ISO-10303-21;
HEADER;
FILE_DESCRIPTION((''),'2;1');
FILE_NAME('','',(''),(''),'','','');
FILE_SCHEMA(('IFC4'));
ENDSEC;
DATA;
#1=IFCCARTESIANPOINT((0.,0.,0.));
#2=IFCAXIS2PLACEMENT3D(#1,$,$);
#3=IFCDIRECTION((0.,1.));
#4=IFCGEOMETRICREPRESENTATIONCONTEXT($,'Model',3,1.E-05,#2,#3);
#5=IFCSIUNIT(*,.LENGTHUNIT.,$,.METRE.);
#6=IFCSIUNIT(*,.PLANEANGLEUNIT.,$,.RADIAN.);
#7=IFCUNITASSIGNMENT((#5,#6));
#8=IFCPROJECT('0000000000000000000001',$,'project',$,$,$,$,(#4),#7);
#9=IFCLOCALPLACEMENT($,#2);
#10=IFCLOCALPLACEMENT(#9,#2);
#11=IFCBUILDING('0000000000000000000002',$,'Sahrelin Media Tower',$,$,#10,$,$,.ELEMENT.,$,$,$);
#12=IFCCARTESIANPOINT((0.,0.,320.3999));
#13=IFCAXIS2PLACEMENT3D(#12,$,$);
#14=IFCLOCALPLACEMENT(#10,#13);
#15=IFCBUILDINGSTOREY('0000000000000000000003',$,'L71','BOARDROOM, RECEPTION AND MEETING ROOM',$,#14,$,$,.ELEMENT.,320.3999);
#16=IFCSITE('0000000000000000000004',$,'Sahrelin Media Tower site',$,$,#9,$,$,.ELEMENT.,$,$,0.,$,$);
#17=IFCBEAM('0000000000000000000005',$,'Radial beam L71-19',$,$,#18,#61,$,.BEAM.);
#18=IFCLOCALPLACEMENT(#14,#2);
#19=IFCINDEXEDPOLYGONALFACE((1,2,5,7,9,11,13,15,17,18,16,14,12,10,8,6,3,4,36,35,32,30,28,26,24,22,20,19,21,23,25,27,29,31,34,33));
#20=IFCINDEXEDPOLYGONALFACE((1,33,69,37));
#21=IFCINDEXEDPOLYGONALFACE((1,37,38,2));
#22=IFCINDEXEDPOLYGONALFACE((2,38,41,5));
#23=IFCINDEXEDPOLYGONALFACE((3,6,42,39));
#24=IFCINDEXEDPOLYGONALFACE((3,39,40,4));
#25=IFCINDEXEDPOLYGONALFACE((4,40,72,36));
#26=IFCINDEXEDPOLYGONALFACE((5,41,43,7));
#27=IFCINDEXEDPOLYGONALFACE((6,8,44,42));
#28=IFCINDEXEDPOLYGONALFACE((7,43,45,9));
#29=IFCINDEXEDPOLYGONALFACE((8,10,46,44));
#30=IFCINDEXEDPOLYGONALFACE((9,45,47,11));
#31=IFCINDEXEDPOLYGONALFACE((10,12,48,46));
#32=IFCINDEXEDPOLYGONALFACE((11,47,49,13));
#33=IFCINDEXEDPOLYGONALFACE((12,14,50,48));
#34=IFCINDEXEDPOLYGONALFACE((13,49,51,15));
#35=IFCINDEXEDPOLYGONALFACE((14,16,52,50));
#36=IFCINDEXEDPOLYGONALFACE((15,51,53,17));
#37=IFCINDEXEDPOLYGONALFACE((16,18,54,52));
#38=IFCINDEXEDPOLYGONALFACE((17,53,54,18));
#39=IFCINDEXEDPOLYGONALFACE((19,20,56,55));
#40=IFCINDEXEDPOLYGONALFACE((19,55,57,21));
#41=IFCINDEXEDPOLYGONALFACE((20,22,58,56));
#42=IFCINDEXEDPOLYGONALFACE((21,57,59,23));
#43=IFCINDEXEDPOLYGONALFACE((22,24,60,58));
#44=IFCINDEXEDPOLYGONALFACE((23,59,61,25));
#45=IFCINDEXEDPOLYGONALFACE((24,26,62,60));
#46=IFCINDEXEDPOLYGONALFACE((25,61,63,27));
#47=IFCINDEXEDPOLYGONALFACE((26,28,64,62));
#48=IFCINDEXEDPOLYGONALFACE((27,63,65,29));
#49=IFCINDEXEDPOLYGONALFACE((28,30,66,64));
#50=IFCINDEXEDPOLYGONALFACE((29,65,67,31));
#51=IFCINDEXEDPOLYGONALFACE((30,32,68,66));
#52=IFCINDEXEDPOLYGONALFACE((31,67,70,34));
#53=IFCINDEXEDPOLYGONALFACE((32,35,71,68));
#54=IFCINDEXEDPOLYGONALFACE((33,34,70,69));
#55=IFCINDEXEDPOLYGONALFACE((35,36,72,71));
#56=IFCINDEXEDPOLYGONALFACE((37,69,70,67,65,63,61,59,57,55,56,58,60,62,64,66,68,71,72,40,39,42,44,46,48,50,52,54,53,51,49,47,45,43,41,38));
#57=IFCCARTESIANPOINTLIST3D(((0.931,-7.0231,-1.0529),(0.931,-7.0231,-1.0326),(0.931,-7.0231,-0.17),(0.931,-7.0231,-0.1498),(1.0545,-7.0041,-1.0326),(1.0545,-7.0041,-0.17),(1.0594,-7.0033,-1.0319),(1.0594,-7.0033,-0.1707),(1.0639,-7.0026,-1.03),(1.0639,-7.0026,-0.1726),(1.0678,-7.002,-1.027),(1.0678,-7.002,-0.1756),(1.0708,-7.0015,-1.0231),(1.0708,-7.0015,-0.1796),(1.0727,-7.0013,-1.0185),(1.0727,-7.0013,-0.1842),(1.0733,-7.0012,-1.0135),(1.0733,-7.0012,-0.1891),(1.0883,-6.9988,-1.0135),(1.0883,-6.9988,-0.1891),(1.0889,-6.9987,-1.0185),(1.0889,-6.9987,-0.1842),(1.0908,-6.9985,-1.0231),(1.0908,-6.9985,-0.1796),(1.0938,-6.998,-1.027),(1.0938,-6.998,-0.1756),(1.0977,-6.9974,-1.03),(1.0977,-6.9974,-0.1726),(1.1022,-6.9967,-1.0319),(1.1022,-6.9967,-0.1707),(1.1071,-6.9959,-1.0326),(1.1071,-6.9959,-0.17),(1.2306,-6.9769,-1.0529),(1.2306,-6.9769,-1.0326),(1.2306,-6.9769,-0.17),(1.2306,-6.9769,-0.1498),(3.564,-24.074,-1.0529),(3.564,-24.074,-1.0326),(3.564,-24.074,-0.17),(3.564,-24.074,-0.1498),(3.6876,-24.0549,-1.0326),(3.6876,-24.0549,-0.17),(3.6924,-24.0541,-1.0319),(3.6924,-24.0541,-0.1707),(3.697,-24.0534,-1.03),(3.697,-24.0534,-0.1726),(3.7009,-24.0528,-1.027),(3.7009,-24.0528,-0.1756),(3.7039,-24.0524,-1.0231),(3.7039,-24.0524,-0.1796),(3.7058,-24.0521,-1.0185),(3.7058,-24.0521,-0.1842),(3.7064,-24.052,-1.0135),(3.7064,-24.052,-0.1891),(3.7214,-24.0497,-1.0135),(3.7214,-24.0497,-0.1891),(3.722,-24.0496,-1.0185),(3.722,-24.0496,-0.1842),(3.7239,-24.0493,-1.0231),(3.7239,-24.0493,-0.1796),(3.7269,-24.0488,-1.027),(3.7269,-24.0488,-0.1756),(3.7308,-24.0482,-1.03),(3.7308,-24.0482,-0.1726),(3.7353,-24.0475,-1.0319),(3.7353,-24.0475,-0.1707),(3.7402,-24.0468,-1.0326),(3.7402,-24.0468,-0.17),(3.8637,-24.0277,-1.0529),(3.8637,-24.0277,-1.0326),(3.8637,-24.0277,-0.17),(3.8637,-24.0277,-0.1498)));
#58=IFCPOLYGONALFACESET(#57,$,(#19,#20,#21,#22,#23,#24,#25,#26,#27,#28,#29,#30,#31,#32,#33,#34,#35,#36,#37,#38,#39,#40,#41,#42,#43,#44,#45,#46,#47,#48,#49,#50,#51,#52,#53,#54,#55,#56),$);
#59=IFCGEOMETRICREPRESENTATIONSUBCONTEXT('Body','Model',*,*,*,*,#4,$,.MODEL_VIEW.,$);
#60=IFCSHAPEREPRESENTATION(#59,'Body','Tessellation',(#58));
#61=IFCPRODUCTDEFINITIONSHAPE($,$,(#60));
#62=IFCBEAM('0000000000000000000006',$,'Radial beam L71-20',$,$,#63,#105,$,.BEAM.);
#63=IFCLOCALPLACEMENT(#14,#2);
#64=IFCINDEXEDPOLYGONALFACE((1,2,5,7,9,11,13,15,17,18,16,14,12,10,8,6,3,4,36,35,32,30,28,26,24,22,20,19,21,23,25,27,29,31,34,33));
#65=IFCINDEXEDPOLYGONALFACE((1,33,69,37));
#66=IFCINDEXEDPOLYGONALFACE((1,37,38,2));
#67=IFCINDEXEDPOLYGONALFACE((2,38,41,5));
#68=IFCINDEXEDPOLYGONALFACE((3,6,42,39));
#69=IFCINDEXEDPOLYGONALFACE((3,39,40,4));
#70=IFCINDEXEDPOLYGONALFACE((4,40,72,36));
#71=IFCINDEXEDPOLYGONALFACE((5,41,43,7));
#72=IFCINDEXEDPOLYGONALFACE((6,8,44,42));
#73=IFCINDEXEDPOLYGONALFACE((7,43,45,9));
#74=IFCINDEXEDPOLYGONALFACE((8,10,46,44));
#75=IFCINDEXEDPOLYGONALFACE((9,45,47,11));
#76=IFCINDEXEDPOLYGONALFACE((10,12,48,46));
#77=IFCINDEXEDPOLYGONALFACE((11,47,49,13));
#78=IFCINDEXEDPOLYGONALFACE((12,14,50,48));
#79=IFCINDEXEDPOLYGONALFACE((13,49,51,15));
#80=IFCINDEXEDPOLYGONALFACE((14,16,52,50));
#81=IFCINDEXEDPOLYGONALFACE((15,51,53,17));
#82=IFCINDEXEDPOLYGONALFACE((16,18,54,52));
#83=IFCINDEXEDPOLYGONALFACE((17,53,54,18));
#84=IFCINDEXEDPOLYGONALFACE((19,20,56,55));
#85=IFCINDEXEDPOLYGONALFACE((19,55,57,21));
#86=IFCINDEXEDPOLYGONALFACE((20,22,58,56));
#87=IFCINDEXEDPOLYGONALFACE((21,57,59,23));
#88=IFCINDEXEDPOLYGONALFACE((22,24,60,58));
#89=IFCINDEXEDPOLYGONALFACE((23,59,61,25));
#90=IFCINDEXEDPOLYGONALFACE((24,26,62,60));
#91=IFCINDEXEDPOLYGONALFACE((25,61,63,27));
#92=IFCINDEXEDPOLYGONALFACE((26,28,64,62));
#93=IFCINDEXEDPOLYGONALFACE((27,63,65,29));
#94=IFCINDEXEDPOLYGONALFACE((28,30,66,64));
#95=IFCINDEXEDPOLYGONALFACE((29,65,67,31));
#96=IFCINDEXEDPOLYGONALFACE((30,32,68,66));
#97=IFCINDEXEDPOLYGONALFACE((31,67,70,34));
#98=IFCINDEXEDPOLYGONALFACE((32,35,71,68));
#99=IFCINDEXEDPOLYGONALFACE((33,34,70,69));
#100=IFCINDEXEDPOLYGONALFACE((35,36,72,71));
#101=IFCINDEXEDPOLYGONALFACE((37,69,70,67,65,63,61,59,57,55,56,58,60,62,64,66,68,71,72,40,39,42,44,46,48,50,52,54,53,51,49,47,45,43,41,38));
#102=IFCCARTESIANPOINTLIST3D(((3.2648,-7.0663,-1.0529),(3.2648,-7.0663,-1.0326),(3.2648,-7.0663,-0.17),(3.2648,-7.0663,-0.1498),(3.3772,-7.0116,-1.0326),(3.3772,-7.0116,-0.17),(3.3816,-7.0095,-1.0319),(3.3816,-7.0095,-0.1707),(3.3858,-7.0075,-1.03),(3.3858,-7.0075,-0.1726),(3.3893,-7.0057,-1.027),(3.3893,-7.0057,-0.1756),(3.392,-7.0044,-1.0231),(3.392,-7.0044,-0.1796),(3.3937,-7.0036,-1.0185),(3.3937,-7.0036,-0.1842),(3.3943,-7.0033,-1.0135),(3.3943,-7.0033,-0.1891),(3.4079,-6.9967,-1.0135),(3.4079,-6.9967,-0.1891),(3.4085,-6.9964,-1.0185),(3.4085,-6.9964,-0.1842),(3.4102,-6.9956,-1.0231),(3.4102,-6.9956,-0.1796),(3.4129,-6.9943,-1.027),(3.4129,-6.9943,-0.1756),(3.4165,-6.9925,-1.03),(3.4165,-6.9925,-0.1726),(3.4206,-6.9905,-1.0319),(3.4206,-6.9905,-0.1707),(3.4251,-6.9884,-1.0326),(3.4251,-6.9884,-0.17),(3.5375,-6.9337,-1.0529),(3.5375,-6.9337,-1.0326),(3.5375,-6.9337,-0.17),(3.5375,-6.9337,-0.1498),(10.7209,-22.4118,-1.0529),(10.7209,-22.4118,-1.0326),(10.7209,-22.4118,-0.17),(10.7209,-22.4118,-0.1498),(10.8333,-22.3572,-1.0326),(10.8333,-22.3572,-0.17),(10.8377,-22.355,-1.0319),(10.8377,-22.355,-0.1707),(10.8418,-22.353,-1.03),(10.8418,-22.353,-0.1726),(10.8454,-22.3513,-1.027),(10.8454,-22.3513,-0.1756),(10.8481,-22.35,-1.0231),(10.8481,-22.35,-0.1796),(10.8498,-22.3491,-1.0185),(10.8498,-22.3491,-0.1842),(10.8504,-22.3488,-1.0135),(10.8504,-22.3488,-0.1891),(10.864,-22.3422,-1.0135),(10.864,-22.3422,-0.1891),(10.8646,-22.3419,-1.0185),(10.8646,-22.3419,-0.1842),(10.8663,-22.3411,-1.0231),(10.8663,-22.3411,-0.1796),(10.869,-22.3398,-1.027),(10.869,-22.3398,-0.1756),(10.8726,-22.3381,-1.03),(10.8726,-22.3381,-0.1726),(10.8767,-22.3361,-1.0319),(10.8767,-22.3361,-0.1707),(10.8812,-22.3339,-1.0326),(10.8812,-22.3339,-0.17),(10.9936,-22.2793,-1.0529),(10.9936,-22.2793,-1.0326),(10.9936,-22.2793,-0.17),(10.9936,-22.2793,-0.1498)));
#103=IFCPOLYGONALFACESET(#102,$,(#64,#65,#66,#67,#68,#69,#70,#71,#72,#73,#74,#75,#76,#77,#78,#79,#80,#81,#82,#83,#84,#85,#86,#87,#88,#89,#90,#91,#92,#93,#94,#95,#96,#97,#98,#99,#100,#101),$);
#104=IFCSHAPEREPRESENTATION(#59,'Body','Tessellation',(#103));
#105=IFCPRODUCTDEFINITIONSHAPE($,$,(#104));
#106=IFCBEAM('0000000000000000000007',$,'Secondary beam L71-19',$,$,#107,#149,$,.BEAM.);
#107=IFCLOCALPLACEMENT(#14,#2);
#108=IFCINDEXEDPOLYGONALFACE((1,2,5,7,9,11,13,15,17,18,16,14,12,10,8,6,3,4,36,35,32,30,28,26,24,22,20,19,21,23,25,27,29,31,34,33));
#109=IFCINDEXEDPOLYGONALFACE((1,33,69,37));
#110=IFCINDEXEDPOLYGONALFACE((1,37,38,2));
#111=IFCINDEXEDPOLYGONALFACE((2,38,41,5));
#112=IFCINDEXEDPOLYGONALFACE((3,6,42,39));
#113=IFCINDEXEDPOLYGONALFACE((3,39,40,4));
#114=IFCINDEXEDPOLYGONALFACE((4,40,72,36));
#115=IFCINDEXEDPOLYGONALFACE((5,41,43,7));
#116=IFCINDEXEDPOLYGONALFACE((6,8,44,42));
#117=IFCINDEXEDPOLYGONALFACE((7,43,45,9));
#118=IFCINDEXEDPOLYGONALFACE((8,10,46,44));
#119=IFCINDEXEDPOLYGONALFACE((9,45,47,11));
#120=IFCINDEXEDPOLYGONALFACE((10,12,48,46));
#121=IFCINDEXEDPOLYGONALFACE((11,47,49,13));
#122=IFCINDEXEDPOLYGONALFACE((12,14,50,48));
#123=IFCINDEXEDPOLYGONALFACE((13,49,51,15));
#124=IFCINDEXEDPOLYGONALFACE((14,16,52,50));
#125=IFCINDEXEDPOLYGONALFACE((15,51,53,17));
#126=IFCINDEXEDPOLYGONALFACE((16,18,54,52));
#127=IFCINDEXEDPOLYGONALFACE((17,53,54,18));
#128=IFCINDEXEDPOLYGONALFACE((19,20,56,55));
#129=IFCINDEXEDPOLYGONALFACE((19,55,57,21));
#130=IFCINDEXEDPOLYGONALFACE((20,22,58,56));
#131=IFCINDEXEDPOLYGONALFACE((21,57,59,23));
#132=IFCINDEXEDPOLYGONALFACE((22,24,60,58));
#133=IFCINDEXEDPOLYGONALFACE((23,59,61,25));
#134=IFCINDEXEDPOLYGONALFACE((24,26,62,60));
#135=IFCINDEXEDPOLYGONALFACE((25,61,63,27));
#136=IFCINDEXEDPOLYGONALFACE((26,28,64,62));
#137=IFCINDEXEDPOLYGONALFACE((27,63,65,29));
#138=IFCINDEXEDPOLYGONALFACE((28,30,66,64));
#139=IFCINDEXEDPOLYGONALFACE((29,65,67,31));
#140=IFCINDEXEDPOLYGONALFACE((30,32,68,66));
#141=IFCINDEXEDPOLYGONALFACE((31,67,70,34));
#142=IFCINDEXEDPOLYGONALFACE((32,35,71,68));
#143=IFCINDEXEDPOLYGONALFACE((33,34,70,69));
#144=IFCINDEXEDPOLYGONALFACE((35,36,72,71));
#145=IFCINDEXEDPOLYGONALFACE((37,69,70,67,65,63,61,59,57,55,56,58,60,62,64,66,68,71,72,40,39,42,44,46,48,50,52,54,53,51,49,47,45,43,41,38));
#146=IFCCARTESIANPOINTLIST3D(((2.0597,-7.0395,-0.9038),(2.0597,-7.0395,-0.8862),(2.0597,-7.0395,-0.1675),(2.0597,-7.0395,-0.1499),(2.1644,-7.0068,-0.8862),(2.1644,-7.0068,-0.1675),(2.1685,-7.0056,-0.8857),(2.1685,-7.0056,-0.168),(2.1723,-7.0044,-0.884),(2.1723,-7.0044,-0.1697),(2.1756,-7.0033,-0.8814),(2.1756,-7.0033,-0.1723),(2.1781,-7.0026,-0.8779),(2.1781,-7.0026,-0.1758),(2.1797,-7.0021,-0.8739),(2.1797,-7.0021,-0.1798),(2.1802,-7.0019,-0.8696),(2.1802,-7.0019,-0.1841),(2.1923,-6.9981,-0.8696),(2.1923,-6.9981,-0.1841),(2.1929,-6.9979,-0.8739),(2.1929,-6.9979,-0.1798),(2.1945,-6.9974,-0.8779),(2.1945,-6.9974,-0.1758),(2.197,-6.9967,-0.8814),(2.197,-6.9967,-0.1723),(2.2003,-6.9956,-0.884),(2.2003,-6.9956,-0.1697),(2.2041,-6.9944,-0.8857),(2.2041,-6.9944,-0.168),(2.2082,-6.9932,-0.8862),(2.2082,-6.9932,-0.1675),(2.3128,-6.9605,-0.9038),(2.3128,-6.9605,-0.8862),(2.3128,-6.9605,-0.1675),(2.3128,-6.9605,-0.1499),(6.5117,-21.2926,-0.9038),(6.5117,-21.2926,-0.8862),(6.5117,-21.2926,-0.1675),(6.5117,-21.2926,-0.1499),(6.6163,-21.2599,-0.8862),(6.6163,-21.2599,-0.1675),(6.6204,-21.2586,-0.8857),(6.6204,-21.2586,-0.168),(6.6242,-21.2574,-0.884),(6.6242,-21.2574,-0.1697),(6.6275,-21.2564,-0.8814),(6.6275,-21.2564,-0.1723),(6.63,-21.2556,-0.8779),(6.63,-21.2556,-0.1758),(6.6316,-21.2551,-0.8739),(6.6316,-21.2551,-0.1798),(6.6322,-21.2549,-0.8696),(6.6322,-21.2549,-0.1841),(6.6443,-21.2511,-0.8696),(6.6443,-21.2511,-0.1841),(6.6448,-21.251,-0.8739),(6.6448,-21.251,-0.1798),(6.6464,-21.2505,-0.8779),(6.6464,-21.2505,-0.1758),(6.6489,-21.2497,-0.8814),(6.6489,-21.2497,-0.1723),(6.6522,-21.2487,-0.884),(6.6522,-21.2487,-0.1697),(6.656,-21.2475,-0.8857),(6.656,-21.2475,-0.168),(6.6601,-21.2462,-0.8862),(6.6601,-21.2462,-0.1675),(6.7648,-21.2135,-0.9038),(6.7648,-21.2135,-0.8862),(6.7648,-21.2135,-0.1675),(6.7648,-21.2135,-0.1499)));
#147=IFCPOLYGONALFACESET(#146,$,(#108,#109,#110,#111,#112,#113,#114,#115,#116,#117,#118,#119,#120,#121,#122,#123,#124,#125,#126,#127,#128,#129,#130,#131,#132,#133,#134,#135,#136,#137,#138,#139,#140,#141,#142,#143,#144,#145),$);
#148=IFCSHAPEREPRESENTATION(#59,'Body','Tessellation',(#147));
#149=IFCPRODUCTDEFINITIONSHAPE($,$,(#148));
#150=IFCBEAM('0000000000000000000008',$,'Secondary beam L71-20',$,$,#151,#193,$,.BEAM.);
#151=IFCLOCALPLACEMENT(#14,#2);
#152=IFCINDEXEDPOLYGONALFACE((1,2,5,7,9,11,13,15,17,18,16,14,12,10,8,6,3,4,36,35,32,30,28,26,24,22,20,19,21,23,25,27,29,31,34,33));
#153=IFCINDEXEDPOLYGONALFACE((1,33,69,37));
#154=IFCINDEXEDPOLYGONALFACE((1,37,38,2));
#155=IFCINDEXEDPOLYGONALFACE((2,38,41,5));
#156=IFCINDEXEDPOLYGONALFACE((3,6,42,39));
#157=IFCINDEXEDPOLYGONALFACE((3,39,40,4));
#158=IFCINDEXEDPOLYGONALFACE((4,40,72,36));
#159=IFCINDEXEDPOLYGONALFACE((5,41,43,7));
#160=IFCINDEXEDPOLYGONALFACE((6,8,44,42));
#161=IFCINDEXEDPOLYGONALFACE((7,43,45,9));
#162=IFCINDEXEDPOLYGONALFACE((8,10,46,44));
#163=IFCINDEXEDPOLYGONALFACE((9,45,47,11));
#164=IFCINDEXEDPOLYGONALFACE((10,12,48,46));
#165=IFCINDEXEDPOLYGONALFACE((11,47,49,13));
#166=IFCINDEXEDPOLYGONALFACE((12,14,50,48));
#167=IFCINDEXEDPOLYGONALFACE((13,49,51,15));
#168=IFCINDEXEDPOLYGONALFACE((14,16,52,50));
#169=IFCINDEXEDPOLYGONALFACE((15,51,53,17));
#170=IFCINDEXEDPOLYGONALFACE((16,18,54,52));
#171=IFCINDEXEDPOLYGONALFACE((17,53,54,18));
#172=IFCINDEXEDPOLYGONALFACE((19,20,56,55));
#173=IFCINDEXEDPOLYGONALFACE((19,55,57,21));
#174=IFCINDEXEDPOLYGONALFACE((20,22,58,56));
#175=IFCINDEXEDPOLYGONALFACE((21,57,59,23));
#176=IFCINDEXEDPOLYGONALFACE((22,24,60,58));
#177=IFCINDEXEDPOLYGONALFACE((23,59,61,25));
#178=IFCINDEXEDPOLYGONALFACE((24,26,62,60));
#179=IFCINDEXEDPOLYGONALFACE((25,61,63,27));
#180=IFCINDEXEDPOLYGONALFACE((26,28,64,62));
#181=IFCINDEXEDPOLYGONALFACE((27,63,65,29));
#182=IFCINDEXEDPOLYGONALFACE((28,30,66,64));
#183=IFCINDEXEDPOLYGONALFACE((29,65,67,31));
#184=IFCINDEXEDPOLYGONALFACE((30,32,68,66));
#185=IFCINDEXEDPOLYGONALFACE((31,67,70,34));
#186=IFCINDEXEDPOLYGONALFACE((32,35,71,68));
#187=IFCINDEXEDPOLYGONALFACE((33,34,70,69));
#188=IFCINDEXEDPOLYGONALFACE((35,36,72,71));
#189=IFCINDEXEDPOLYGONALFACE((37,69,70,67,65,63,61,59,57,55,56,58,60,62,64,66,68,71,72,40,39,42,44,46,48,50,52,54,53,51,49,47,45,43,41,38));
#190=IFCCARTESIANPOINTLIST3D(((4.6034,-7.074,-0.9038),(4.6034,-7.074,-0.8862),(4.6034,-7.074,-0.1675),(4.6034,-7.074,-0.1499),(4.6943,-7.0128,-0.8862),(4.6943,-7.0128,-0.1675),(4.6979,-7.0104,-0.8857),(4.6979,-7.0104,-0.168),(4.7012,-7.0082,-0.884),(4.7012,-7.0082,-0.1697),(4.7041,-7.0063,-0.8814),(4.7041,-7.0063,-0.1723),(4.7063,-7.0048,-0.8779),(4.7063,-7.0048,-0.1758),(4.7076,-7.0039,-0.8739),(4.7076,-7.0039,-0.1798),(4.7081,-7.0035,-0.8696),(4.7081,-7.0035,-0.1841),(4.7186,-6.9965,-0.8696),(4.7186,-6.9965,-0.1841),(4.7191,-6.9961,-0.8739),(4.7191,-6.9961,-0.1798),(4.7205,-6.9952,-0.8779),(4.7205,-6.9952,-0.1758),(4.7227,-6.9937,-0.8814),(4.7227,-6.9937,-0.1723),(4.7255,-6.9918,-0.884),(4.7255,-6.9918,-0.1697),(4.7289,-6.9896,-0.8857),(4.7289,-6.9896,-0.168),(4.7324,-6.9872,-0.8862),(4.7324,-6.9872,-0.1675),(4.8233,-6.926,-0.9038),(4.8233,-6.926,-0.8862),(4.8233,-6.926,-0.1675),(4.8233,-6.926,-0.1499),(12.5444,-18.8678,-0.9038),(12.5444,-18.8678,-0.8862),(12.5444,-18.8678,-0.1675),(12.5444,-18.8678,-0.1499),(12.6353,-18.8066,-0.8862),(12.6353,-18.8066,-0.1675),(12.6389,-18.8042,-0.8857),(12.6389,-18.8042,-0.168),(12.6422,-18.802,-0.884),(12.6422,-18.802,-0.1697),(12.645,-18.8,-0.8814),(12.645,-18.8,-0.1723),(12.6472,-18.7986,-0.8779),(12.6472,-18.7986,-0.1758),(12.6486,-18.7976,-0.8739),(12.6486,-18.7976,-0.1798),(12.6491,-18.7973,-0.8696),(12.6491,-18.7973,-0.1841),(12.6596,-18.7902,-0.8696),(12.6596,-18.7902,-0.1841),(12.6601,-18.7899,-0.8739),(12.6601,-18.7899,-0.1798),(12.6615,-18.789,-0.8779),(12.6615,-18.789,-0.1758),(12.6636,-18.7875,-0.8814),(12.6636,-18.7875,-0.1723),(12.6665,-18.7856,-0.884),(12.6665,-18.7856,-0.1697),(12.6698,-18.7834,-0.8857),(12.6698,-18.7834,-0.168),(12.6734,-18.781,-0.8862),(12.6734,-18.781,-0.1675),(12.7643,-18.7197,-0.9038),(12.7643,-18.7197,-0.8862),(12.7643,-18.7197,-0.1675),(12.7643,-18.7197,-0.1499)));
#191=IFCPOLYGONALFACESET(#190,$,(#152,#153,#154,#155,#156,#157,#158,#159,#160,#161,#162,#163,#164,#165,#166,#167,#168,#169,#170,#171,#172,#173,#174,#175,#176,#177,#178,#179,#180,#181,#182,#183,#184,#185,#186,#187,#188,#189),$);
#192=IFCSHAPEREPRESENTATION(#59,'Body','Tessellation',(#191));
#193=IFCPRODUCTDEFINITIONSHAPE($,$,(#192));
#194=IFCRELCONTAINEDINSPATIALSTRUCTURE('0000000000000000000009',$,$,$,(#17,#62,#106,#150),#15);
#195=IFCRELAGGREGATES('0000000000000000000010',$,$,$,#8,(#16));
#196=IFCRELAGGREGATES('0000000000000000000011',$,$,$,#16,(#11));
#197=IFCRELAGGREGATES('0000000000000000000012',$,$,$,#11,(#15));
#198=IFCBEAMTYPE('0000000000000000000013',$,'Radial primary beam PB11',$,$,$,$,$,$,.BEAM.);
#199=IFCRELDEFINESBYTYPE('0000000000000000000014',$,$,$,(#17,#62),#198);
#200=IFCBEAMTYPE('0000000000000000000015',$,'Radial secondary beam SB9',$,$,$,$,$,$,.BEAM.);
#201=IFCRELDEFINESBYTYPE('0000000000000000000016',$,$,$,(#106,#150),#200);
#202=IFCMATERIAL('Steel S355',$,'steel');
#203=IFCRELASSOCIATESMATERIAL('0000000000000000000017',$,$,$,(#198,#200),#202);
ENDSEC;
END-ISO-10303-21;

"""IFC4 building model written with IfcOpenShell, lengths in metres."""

from ifc_helpers import new_model, si_unit, direction, frame, origin, origin_2d, place, context, subcontext, project, spatial, i_section, extrude, material, material_profile, profile_set, type_object, element, save


model = new_model("IFC4")

# Units and contexts
model_context = context("Model", 3, precision=1e-05, world=origin(), true_north=direction((0.0, 1.0)))
body_context = subcontext(model_context, "Body", "Model", "MODEL_VIEW")
ifc_project = project(units=[si_unit("LENGTHUNIT", "METRE"), si_unit("PLANEANGLEUNIT", "RADIAN")], contexts=[model_context])

# Site, building, storey
site_placement = place(None, origin())
site = spatial("IfcSite", under=ifc_project, at=site_placement, Name="Sahrelin Media Tower site", CompositionType="ELEMENT", RefElevation=0.0)
building_placement = place(site_placement, origin())
building = spatial("IfcBuilding", under=site, at=building_placement, Name="Sahrelin Media Tower", CompositionType="ELEMENT")
storey_placement = place(building_placement, frame((0.0, 0.0, 320.3999)))
storey = spatial("IfcBuildingStorey", under=building, at=storey_placement, Name="L71", Description="BOARDROOM, RECEPTION AND MEETING ROOM", CompositionType="ELEMENT", Elevation=320.3999)

# Shared definitions
ifc_material_1 = material(Name="Steel S355", Category="steel")

# Beams
ifc_material_profile_1 = material_profile(ifc_material_1, i_section(OverallWidth=0.3032, OverallDepth=0.9031, WebThickness=0.0151, FlangeThickness=0.0203, FilletRadius=0.019, at=origin_2d()), Name="UB 914x305x201")
ifc_profile_set_1 = profile_set([ifc_material_profile_1], Name="Steel S355")
beam_type_1 = type_object("IfcBeamType", Name="Radial primary beam PB11", PredefinedType="BEAM", material=ifc_profile_set_1)
beam_1_placement = place(storey_placement, frame((1.0808, -7.0, -0.6013), z_axis=(0.152615, -0.988286, 0.0), x_axis=(0.988286, 0.152615, 0.0)))
element("IfcBeam", 1, at=beam_1_placement, inside=storey, type_object=beam_type_1, Name="Radial beam L71-19", PredefinedType="BEAM", context=body_context, shape_type="SweptSolid", body=[
    extrude(i_section(OverallWidth=0.3032, OverallDepth=0.9031, WebThickness=0.0151, FlangeThickness=0.0203, FilletRadius=0.019, at=origin_2d()), origin(), (0.0, 0.0, 1.0), 17.2529),
])
beam_2_placement = place(storey_placement, frame((3.4011, -7.0, -0.6013), z_axis=(0.437025, -0.89945, 0.0), x_axis=(0.89945, 0.437025, 0.0)))
element("IfcBeam", 2, at=beam_2_placement, inside=storey, type_object=beam_type_1, Name="Radial beam L71-20", PredefinedType="BEAM", context=body_context, shape_type="SweptSolid", body=[
    extrude(i_section(OverallWidth=0.3032, OverallDepth=0.9031, WebThickness=0.0151, FlangeThickness=0.0203, FilletRadius=0.019, at=origin_2d()), origin(), (0.0, 0.0, 1.0), 17.061),
])
ifc_material_profile_2 = material_profile(ifc_material_1, i_section(OverallWidth=0.2651, OverallDepth=0.7539, WebThickness=0.0127, FlangeThickness=0.0176, FilletRadius=0.0166, at=origin_2d()), Name="UB 762x267x147")
ifc_profile_set_2 = profile_set([ifc_material_profile_2], Name="Steel S355")
beam_type_2 = type_object("IfcBeamType", Name="Radial secondary beam SB9", PredefinedType="BEAM", material=ifc_profile_set_2)
beam_3_placement = place(storey_placement, frame((2.1863, -7.0, -0.5269), z_axis=(0.298145, -0.954521, 0.0), x_axis=(0.954521, 0.298145, 0.0)))
element("IfcBeam", 3, at=beam_3_placement, inside=storey, type_object=beam_type_2, Name="Secondary beam L71-19", PredefinedType="BEAM", context=body_context, shape_type="SweptSolid", body=[
    extrude(i_section(OverallWidth=0.2651, OverallDepth=0.7539, WebThickness=0.0127, FlangeThickness=0.0176, FilletRadius=0.0166, at=origin_2d()), origin(), (0.0, 0.0, 1.0), 14.9321),
])
beam_4_placement = place(storey_placement, frame((4.7134, -7.0, -0.5269), z_axis=(0.558514, -0.829495, 0.0), x_axis=(0.829495, 0.558514, 0.0)))
element("IfcBeam", 4, at=beam_4_placement, inside=storey, type_object=beam_type_2, Name="Secondary beam L71-20", PredefinedType="BEAM", context=body_context, shape_type="SweptSolid", body=[
    extrude(i_section(OverallWidth=0.2651, OverallDepth=0.7539, WebThickness=0.0127, FlangeThickness=0.0176, FilletRadius=0.0166, at=origin_2d()), origin(), (0.0, 0.0, 1.0), 14.218),
])

save(model, "model.ifc")
